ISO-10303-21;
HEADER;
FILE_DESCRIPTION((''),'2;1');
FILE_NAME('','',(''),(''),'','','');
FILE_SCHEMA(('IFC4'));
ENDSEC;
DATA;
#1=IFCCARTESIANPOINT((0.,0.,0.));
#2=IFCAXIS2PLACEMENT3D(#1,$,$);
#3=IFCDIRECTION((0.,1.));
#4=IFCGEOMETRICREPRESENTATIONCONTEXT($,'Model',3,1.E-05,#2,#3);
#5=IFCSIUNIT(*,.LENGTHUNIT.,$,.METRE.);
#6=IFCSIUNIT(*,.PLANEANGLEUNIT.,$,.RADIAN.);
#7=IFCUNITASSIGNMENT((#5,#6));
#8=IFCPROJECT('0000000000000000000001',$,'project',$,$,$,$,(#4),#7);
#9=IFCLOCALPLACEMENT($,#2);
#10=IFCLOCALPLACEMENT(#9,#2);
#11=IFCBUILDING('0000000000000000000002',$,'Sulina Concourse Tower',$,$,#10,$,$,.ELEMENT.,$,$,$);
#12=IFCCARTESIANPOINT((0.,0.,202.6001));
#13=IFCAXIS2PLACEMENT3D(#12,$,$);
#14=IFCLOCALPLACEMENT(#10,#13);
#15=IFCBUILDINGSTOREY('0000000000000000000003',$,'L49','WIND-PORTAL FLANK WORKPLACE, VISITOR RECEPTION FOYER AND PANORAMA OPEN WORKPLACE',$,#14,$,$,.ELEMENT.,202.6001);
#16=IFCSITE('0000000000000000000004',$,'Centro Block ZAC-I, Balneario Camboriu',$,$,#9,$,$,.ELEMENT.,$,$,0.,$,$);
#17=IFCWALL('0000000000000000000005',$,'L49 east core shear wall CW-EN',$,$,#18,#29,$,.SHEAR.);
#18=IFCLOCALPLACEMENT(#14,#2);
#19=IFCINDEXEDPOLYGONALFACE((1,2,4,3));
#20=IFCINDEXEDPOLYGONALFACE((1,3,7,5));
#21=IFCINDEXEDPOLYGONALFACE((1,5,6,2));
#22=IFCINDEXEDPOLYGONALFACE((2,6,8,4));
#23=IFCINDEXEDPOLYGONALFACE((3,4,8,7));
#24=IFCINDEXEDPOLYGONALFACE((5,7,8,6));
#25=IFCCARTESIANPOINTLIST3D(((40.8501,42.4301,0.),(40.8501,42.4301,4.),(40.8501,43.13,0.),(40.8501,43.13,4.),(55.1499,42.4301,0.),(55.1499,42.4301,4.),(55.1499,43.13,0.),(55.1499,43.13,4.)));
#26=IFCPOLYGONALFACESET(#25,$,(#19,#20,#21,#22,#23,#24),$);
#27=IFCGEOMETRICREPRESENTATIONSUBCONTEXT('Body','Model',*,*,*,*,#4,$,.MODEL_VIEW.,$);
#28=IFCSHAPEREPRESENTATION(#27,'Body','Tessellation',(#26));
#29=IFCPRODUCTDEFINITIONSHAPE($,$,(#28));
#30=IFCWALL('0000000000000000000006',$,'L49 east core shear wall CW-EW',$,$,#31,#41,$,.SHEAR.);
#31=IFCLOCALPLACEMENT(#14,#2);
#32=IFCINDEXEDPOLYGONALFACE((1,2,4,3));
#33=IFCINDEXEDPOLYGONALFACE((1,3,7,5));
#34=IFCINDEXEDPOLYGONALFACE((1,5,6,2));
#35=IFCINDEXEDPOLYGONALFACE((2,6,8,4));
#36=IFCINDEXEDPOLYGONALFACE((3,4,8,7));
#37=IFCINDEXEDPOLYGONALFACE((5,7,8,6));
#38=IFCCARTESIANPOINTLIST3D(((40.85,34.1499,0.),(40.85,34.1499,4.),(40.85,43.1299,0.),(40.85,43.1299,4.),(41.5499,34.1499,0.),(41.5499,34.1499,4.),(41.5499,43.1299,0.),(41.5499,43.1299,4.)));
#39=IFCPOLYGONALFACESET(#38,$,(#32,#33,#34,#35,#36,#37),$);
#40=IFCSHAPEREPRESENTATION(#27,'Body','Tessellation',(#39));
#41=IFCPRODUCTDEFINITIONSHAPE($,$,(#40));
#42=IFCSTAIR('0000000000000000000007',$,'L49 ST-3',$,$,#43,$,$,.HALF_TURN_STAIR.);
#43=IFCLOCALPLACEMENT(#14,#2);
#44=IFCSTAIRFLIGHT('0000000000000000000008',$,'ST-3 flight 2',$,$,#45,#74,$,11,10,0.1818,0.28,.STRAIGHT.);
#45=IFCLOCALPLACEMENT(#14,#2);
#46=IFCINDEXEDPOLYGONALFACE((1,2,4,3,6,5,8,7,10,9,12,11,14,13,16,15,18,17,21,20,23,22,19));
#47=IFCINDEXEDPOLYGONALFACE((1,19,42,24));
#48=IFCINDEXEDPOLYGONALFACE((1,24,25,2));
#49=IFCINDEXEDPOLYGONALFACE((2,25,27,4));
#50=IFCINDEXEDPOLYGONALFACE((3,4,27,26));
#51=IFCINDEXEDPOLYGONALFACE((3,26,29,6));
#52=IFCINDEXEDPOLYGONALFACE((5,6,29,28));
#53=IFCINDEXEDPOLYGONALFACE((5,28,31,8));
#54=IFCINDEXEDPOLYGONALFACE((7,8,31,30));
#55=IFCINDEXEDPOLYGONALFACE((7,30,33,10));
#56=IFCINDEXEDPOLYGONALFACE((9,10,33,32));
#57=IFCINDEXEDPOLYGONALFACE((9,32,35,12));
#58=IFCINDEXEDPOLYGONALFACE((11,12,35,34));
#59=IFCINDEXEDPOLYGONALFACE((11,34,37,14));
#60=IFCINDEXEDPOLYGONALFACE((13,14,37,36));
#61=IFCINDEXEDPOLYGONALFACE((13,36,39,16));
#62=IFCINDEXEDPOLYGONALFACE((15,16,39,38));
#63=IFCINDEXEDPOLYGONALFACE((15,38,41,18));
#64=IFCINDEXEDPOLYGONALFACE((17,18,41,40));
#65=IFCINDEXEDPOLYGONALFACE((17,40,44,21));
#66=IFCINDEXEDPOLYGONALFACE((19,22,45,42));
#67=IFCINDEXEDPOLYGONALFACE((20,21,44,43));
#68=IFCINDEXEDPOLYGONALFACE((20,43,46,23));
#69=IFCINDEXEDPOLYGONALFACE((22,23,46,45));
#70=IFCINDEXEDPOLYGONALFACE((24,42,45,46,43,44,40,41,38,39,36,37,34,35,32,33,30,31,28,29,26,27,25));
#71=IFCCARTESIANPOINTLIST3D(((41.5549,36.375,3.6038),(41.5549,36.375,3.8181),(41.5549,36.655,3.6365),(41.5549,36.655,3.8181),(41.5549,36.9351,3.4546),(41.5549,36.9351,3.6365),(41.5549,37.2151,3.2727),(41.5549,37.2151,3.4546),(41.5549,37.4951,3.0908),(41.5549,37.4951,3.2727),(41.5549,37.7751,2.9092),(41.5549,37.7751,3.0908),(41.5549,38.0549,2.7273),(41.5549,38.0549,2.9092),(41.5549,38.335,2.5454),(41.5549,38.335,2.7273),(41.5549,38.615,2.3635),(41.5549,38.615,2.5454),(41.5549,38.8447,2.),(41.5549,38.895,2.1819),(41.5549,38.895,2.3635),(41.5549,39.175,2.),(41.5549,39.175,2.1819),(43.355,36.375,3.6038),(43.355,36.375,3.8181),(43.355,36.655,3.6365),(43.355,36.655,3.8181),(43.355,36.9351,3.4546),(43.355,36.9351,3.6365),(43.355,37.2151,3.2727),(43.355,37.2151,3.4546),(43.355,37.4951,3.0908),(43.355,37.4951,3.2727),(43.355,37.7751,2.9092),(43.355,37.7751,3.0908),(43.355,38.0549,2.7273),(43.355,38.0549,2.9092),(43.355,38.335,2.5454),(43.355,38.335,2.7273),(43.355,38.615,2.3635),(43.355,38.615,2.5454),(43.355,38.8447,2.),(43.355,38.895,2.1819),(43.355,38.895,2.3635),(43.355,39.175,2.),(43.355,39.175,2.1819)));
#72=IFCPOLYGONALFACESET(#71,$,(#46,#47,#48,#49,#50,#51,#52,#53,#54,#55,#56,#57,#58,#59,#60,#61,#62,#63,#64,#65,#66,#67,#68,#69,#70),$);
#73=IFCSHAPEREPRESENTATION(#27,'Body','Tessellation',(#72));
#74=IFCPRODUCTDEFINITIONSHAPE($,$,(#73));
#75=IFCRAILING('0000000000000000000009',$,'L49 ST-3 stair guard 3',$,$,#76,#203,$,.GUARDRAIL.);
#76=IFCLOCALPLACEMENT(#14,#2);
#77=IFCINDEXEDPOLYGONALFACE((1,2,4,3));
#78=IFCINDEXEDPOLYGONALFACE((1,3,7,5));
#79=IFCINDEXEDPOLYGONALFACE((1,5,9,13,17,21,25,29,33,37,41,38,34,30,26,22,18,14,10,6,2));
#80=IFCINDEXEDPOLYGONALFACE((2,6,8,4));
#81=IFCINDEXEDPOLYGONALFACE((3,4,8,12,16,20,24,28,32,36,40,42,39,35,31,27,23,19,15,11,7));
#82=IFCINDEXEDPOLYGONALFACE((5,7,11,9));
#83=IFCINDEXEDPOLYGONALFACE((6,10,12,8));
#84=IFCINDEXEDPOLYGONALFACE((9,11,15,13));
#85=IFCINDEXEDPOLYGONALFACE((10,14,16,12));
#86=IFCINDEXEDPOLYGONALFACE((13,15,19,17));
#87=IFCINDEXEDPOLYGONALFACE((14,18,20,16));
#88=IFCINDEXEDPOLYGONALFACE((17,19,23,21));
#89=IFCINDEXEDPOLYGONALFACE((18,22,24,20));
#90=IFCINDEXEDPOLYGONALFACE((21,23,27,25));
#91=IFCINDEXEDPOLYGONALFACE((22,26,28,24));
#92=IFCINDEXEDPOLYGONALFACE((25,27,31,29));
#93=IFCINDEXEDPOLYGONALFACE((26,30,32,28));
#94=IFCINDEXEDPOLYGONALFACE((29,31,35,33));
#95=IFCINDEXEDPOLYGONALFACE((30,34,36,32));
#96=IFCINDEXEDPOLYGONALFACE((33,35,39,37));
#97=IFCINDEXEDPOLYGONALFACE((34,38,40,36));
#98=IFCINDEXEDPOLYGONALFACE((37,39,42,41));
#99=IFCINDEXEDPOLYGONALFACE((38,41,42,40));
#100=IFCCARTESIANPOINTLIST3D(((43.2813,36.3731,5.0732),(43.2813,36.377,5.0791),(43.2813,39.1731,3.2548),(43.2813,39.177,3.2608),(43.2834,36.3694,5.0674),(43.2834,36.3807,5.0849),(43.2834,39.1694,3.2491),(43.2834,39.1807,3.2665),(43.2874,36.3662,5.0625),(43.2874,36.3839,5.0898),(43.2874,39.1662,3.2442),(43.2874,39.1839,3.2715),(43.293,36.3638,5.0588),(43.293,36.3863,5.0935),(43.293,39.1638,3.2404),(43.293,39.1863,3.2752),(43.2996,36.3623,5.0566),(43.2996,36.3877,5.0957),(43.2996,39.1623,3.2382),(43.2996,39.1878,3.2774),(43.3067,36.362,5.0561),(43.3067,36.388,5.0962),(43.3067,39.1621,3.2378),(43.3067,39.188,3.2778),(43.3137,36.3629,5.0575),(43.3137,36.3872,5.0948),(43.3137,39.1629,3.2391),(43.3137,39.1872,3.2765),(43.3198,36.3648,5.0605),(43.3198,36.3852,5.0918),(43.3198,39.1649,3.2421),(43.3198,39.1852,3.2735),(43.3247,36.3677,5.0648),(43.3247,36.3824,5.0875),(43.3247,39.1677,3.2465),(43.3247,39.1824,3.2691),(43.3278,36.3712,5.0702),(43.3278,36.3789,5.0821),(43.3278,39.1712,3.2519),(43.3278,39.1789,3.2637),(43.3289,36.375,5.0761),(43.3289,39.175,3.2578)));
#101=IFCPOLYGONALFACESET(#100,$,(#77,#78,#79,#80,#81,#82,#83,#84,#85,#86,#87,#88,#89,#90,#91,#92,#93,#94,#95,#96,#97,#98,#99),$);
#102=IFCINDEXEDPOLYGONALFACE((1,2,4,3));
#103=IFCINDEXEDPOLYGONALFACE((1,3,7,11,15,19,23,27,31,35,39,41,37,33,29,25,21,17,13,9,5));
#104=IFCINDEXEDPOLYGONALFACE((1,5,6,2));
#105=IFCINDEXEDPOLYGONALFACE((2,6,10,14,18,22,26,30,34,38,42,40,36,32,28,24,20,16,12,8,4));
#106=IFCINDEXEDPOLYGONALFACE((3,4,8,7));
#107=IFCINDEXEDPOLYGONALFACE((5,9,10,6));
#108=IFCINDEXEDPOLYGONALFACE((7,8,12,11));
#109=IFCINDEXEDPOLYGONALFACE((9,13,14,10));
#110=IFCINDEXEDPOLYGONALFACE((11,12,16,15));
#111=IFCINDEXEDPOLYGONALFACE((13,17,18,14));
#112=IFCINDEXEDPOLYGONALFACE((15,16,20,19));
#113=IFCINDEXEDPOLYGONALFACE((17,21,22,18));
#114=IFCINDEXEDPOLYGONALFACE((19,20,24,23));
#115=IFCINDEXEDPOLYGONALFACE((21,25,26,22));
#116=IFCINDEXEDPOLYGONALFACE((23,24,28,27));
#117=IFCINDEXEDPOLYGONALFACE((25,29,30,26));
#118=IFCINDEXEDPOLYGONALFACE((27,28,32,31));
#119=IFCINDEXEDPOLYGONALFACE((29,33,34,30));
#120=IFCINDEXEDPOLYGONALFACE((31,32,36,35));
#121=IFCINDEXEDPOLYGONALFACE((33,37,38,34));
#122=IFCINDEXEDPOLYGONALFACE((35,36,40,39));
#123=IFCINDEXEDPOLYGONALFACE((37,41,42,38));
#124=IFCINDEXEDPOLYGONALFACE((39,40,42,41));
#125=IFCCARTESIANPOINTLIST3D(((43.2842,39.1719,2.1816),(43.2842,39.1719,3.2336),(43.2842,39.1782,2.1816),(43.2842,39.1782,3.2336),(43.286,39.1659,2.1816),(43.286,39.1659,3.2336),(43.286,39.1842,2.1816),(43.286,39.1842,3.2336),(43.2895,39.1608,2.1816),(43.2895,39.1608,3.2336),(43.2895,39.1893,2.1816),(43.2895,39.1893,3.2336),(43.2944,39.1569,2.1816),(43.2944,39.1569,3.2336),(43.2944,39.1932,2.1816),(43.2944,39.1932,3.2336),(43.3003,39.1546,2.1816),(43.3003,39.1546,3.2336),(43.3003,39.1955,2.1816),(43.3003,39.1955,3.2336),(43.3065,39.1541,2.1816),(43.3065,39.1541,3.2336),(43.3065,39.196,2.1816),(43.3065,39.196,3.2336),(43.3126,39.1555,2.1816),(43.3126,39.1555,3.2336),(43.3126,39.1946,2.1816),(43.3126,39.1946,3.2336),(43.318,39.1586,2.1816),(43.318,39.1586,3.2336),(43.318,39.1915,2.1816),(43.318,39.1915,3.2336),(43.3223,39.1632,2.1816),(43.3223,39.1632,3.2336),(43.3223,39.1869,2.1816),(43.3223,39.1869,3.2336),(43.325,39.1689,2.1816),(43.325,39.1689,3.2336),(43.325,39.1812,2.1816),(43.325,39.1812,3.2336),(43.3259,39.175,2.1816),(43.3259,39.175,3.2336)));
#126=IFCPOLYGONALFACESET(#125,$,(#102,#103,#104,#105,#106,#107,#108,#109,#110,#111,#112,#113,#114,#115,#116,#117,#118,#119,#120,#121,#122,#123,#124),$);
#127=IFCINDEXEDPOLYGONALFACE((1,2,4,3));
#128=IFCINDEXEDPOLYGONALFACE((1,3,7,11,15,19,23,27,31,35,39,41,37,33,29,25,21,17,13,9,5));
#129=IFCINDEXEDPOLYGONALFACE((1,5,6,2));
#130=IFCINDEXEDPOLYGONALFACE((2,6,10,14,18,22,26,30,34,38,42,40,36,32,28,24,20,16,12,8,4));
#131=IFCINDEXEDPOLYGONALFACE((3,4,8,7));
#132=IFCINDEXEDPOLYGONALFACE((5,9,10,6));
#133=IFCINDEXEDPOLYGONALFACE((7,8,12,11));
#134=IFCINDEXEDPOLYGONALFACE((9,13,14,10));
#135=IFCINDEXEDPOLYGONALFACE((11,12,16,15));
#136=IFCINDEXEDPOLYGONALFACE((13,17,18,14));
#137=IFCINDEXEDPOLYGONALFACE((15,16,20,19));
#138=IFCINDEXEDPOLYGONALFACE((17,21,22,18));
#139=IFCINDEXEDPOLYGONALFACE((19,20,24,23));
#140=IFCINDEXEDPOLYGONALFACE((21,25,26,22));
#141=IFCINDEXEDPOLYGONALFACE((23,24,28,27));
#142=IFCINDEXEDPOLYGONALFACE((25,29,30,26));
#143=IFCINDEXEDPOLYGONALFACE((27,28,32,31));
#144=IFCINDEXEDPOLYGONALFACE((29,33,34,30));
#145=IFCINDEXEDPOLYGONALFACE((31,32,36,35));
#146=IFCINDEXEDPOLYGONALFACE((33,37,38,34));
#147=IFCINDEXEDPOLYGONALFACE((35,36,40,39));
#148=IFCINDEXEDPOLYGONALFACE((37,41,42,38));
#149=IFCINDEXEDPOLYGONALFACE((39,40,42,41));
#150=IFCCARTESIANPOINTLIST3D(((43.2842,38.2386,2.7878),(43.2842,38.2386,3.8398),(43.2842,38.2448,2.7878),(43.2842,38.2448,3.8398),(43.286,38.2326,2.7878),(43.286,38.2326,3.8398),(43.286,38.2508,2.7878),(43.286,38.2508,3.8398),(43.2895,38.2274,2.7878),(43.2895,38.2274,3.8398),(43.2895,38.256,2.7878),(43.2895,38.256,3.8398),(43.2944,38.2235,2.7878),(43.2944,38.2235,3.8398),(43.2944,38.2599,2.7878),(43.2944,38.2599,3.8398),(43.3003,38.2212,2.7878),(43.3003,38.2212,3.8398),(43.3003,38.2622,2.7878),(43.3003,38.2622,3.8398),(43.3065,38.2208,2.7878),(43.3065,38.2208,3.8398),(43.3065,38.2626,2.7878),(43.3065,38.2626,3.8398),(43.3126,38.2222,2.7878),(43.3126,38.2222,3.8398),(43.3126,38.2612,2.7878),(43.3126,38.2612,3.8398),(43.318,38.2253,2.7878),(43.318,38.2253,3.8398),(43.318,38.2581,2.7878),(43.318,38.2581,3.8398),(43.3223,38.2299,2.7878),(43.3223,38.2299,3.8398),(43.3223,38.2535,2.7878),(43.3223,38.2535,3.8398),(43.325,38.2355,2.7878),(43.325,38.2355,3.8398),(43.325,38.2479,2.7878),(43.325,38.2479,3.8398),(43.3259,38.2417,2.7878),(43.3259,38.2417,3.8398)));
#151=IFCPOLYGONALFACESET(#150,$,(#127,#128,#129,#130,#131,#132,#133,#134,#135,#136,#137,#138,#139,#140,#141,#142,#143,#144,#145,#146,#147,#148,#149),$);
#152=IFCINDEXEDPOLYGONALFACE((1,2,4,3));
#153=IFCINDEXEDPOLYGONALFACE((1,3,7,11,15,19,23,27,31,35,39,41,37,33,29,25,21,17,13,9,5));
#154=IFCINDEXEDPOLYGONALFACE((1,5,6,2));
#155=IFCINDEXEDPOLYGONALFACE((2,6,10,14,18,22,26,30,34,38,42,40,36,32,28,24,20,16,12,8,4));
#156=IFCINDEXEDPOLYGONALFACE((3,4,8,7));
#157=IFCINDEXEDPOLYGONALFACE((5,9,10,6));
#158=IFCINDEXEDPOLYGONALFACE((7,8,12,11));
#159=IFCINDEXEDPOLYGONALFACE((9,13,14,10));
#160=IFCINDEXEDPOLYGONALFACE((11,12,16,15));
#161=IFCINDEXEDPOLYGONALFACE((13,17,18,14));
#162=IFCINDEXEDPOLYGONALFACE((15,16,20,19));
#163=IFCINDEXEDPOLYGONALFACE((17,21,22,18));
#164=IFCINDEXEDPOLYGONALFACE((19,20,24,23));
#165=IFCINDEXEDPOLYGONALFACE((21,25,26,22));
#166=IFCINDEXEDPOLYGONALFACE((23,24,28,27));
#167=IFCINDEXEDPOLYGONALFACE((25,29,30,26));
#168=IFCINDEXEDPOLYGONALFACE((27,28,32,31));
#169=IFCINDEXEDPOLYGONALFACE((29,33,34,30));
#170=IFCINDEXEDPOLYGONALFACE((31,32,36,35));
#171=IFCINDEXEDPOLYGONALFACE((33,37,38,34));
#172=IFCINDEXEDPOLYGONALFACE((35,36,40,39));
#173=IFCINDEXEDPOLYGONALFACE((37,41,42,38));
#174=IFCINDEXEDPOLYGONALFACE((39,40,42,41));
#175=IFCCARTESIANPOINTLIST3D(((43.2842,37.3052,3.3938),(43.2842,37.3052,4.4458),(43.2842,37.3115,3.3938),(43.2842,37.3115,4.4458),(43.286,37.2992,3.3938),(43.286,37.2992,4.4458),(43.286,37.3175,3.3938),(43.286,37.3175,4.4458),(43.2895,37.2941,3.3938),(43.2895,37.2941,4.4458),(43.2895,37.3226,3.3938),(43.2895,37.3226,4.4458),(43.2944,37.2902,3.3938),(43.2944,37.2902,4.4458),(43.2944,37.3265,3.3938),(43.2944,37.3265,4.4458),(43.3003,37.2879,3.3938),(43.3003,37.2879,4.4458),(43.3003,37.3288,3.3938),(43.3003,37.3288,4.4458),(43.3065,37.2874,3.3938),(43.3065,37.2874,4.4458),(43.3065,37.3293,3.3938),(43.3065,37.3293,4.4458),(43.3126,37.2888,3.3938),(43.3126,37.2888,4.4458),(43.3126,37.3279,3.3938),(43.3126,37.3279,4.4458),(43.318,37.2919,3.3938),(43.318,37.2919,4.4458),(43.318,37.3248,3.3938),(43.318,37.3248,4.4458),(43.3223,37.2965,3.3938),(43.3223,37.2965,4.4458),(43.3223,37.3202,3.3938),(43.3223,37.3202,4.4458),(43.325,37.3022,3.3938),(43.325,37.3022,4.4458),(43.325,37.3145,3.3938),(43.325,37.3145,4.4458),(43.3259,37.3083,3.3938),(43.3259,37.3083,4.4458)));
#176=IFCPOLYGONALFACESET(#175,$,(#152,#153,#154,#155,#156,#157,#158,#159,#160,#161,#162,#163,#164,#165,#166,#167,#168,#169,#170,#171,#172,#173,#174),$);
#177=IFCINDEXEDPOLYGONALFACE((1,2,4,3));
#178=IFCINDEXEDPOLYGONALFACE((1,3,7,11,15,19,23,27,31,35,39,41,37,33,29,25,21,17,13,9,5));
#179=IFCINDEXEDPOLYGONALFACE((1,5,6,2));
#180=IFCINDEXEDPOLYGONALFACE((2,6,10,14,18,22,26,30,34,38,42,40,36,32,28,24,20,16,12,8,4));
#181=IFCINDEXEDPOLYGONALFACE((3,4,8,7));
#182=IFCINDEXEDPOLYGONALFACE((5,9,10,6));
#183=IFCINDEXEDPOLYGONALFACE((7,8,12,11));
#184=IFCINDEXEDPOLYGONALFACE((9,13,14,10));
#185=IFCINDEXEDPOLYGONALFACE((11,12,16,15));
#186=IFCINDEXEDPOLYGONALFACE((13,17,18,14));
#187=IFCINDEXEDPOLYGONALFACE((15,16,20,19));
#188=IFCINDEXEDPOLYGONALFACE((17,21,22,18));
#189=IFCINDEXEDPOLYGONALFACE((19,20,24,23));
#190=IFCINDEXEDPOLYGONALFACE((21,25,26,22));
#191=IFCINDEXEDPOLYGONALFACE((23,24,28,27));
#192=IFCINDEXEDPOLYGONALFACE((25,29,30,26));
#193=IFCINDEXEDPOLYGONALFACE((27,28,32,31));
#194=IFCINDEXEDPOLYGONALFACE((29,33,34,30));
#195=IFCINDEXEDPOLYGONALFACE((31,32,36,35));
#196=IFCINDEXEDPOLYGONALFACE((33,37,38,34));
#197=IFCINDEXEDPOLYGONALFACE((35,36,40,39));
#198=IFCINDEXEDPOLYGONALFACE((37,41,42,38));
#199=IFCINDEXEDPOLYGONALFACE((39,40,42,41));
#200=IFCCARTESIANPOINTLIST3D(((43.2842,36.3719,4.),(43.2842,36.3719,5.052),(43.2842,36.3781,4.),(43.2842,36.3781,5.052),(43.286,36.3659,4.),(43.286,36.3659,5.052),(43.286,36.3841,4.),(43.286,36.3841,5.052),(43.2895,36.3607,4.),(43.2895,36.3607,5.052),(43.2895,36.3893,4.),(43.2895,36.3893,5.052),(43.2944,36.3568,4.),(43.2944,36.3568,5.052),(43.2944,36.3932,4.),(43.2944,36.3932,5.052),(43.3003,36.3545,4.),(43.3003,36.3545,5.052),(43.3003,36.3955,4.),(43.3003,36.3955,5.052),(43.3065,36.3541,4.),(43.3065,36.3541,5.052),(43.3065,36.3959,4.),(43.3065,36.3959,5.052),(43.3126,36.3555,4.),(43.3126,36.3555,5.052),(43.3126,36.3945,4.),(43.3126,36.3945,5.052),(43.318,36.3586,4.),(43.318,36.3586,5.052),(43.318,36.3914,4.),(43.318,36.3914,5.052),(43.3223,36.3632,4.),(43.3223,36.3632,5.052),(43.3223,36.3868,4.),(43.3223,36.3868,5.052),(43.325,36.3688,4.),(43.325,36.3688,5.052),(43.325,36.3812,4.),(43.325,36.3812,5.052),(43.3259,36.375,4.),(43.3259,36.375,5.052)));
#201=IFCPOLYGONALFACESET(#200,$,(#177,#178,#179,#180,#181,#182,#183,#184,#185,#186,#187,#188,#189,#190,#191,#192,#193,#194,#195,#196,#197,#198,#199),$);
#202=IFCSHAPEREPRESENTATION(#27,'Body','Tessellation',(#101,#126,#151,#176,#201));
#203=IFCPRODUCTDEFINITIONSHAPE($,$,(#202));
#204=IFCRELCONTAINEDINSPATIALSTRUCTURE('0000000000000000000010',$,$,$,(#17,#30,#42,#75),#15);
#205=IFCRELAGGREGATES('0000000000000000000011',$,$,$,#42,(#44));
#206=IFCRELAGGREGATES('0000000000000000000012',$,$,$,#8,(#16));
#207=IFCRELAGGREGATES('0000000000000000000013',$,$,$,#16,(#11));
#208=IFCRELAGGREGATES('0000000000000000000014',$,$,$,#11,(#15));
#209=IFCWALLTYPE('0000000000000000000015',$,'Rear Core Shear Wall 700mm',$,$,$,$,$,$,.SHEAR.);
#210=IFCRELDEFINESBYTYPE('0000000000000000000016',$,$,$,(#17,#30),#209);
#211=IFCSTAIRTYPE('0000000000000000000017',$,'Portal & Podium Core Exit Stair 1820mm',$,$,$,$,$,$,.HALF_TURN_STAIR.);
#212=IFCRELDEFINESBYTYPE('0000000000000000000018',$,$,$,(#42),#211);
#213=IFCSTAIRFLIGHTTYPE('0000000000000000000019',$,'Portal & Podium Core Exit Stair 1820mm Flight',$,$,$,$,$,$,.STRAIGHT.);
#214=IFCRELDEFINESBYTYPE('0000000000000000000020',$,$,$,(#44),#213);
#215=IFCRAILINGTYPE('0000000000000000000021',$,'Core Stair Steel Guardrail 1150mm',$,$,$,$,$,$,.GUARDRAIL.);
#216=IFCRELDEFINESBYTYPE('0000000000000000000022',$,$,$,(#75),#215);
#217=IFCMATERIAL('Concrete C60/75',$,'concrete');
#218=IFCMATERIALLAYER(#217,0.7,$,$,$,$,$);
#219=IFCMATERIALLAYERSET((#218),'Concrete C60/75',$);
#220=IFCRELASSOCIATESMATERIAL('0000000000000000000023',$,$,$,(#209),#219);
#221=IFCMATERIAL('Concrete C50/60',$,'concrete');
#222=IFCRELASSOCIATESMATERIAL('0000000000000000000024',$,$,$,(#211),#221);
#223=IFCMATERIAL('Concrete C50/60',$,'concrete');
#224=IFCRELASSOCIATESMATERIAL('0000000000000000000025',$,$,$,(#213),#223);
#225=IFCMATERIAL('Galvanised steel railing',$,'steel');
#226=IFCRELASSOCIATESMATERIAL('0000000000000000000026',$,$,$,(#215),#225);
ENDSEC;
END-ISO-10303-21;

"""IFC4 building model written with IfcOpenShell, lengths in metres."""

from ifc_helpers import new_model, si_unit, direction, frame, frame_2d, origin, origin_2d, place, context, subcontext, project, spatial, polyline, rectangle, circle, outline, extrude, material, layer, layer_set, type_object, element, aggregate, save


model = new_model("IFC4")

# Units and contexts
model_context = context("Model", 3, precision=1e-05, world=origin(), true_north=direction((0.0, 1.0)))
body_context = subcontext(model_context, "Body", "Model", "MODEL_VIEW")
ifc_project = project(units=[si_unit("LENGTHUNIT", "METRE"), si_unit("PLANEANGLEUNIT", "RADIAN")], contexts=[model_context])

# Site, building, storey
site_placement = place(None, origin())
site = spatial("IfcSite", under=ifc_project, at=site_placement, Name="Centro Block ZAC-I, Balneario Camboriu", CompositionType="ELEMENT", RefElevation=0.0)
building_placement = place(site_placement, origin())
building = spatial("IfcBuilding", under=site, at=building_placement, Name="Sulina Concourse Tower", CompositionType="ELEMENT")
storey_placement = place(building_placement, frame((0.0, 0.0, 202.6001)))
storey = spatial("IfcBuildingStorey", under=building, at=storey_placement, Name="L49", Description="WIND-PORTAL FLANK WORKPLACE, VISITOR RECEPTION FOYER AND PANORAMA OPEN WORKPLACE", CompositionType="ELEMENT", Elevation=202.6001)

# Walls
ifc_material_1 = material(Name="Concrete C60/75", Category="concrete")
ifc_layer_1 = layer(ifc_material_1, 0.7)
ifc_layer_set_1 = layer_set([ifc_layer_1], Name="Concrete C60/75")
wall_type_1 = type_object("IfcWallType", Name="Rear Core Shear Wall 700mm", PredefinedType="SHEAR", material=ifc_layer_set_1)
wall_1_placement = place(storey_placement, frame((40.8501, 42.78, 0.0), z_axis=(0.0, 0.0, 1.0), x_axis=(1.0, 0.0, 0.0)))
element("IfcWall", 1, at=wall_1_placement, inside=storey, type_object=wall_type_1, Name="L49 east core shear wall CW-EN", PredefinedType="SHEAR", context=body_context, shape_type="SweptSolid", body=[
    extrude(rectangle(XDim=14.2998, YDim=0.7, at=frame_2d((7.1499, 0.0))), origin(), (0.0, 0.0, 1.0), 4.0),
])
wall_2_placement = place(storey_placement, frame((41.2, 34.1499, 0.0), z_axis=(0.0, 0.0, 1.0), x_axis=(0.0, 1.0, 0.0)))
element("IfcWall", 2, at=wall_2_placement, inside=storey, type_object=wall_type_1, Name="L49 east core shear wall CW-EW", PredefinedType="SHEAR", context=body_context, shape_type="SweptSolid", body=[
    extrude(rectangle(XDim=8.98, YDim=0.7, at=frame_2d((4.49, 0.0))), origin(), (0.0, 0.0, 1.0), 4.0),
])

# Stair, stair flight
ifc_material_2 = material(Name="Concrete C50/60", Category="concrete")
stair_type = type_object("IfcStairType", Name="Portal & Podium Core Exit Stair 1820mm", PredefinedType="HALF_TURN_STAIR", material=ifc_material_2)
stair_placement = place(storey_placement, origin())
stair = element("IfcStair", 3, at=stair_placement, inside=storey, type_object=stair_type, Name="L49 ST-3", PredefinedType="HALF_TURN_STAIR")
ifc_material_3 = material(Name="Concrete C50/60", Category="concrete")
stair_flight_type = type_object("IfcStairFlightType", Name="Portal & Podium Core Exit Stair 1820mm Flight", PredefinedType="STRAIGHT", material=ifc_material_3)
stair_flight_placement = place(storey_placement, frame((42.4551, 39.175, 2.0), z_axis=(0.0, 0.0, 1.0), x_axis=(0.0, -1.0, 0.0)))
stair_flight = element("IfcStairFlight", 4, at=stair_flight_placement, type_object=stair_flight_type, Name="ST-3 flight 2", NumberOfRisers=11, NumberOfTreads=10, PredefinedType="STRAIGHT", RiserHeight=0.1818, TreadLength=0.28, context=body_context, shape_type="SweptSolid", body=[
    extrude(outline(polyline([(0.0, 0.0), (0.0, 0.1819), (0.28, 0.1819), (0.28, 0.3635), (0.5601, 0.3635), (0.5601, 0.5454), (0.8401, 0.5454), (0.8401, 0.7273), (1.1201, 0.7273), (1.1201, 0.9092), (1.3999, 0.9092), (1.3999, 1.0908), (1.6799, 1.0908), (1.6799, 1.2727), (1.96, 1.2727), (1.96, 1.4546), (2.24, 1.4546), (2.24, 1.6365), (2.52, 1.6365), (2.52, 1.8181), (2.8, 1.8181), (2.8, 2.0), (2.8, 1.6038), (0.3303, 0.0), (0.0, 0.0)])), frame((0.0, 0.8999, 0.0), z_axis=(0.0, -1.0, 0.0), x_axis=(1.0, 0.0, 0.0)), (0.0, 0.0, 1.0), 1.8),
])
aggregate(stair, [stair_flight])

# Railing
ifc_material_4 = material(Name="Galvanised steel railing", Category="steel")
railing_type_1 = type_object("IfcRailingType", Name="Core Stair Steel Guardrail 1150mm", PredefinedType="GUARDRAIL", material=ifc_material_4)
railing_1_placement = place(storey_placement, frame((43.3049, 39.175, 2.1816)))
element("IfcRailing", 5, at=railing_1_placement, inside=storey, type_object=railing_type_1, Name="L49 ST-3 stair guard 3", PredefinedType="GUARDRAIL", context=body_context, shape_type="SweptSolid", body=[
    extrude(circle(Radius=0.0239, at=origin_2d()), frame((0.0, 0.0, 1.0762), z_axis=(0.0, -0.838672, 0.544636), x_axis=(1.0, 0.0, 0.0)), (0.0, 0.0, 1.0), 3.3386),
    extrude(circle(Radius=0.021, at=origin_2d()), origin(), (0.0, 0.0, 1.0), 1.052),
    extrude(circle(Radius=0.021, at=origin_2d()), frame((0.0, -0.9333, 0.6062)), (0.0, 0.0, 1.0), 1.052),
    extrude(circle(Radius=0.021, at=origin_2d()), frame((0.0, -1.8667, 1.2122)), (0.0, 0.0, 1.0), 1.052),
    extrude(circle(Radius=0.021, at=origin_2d()), frame((0.0, -2.8, 1.8184)), (0.0, 0.0, 1.0), 1.052),
])

save(model, "model.ifc")
